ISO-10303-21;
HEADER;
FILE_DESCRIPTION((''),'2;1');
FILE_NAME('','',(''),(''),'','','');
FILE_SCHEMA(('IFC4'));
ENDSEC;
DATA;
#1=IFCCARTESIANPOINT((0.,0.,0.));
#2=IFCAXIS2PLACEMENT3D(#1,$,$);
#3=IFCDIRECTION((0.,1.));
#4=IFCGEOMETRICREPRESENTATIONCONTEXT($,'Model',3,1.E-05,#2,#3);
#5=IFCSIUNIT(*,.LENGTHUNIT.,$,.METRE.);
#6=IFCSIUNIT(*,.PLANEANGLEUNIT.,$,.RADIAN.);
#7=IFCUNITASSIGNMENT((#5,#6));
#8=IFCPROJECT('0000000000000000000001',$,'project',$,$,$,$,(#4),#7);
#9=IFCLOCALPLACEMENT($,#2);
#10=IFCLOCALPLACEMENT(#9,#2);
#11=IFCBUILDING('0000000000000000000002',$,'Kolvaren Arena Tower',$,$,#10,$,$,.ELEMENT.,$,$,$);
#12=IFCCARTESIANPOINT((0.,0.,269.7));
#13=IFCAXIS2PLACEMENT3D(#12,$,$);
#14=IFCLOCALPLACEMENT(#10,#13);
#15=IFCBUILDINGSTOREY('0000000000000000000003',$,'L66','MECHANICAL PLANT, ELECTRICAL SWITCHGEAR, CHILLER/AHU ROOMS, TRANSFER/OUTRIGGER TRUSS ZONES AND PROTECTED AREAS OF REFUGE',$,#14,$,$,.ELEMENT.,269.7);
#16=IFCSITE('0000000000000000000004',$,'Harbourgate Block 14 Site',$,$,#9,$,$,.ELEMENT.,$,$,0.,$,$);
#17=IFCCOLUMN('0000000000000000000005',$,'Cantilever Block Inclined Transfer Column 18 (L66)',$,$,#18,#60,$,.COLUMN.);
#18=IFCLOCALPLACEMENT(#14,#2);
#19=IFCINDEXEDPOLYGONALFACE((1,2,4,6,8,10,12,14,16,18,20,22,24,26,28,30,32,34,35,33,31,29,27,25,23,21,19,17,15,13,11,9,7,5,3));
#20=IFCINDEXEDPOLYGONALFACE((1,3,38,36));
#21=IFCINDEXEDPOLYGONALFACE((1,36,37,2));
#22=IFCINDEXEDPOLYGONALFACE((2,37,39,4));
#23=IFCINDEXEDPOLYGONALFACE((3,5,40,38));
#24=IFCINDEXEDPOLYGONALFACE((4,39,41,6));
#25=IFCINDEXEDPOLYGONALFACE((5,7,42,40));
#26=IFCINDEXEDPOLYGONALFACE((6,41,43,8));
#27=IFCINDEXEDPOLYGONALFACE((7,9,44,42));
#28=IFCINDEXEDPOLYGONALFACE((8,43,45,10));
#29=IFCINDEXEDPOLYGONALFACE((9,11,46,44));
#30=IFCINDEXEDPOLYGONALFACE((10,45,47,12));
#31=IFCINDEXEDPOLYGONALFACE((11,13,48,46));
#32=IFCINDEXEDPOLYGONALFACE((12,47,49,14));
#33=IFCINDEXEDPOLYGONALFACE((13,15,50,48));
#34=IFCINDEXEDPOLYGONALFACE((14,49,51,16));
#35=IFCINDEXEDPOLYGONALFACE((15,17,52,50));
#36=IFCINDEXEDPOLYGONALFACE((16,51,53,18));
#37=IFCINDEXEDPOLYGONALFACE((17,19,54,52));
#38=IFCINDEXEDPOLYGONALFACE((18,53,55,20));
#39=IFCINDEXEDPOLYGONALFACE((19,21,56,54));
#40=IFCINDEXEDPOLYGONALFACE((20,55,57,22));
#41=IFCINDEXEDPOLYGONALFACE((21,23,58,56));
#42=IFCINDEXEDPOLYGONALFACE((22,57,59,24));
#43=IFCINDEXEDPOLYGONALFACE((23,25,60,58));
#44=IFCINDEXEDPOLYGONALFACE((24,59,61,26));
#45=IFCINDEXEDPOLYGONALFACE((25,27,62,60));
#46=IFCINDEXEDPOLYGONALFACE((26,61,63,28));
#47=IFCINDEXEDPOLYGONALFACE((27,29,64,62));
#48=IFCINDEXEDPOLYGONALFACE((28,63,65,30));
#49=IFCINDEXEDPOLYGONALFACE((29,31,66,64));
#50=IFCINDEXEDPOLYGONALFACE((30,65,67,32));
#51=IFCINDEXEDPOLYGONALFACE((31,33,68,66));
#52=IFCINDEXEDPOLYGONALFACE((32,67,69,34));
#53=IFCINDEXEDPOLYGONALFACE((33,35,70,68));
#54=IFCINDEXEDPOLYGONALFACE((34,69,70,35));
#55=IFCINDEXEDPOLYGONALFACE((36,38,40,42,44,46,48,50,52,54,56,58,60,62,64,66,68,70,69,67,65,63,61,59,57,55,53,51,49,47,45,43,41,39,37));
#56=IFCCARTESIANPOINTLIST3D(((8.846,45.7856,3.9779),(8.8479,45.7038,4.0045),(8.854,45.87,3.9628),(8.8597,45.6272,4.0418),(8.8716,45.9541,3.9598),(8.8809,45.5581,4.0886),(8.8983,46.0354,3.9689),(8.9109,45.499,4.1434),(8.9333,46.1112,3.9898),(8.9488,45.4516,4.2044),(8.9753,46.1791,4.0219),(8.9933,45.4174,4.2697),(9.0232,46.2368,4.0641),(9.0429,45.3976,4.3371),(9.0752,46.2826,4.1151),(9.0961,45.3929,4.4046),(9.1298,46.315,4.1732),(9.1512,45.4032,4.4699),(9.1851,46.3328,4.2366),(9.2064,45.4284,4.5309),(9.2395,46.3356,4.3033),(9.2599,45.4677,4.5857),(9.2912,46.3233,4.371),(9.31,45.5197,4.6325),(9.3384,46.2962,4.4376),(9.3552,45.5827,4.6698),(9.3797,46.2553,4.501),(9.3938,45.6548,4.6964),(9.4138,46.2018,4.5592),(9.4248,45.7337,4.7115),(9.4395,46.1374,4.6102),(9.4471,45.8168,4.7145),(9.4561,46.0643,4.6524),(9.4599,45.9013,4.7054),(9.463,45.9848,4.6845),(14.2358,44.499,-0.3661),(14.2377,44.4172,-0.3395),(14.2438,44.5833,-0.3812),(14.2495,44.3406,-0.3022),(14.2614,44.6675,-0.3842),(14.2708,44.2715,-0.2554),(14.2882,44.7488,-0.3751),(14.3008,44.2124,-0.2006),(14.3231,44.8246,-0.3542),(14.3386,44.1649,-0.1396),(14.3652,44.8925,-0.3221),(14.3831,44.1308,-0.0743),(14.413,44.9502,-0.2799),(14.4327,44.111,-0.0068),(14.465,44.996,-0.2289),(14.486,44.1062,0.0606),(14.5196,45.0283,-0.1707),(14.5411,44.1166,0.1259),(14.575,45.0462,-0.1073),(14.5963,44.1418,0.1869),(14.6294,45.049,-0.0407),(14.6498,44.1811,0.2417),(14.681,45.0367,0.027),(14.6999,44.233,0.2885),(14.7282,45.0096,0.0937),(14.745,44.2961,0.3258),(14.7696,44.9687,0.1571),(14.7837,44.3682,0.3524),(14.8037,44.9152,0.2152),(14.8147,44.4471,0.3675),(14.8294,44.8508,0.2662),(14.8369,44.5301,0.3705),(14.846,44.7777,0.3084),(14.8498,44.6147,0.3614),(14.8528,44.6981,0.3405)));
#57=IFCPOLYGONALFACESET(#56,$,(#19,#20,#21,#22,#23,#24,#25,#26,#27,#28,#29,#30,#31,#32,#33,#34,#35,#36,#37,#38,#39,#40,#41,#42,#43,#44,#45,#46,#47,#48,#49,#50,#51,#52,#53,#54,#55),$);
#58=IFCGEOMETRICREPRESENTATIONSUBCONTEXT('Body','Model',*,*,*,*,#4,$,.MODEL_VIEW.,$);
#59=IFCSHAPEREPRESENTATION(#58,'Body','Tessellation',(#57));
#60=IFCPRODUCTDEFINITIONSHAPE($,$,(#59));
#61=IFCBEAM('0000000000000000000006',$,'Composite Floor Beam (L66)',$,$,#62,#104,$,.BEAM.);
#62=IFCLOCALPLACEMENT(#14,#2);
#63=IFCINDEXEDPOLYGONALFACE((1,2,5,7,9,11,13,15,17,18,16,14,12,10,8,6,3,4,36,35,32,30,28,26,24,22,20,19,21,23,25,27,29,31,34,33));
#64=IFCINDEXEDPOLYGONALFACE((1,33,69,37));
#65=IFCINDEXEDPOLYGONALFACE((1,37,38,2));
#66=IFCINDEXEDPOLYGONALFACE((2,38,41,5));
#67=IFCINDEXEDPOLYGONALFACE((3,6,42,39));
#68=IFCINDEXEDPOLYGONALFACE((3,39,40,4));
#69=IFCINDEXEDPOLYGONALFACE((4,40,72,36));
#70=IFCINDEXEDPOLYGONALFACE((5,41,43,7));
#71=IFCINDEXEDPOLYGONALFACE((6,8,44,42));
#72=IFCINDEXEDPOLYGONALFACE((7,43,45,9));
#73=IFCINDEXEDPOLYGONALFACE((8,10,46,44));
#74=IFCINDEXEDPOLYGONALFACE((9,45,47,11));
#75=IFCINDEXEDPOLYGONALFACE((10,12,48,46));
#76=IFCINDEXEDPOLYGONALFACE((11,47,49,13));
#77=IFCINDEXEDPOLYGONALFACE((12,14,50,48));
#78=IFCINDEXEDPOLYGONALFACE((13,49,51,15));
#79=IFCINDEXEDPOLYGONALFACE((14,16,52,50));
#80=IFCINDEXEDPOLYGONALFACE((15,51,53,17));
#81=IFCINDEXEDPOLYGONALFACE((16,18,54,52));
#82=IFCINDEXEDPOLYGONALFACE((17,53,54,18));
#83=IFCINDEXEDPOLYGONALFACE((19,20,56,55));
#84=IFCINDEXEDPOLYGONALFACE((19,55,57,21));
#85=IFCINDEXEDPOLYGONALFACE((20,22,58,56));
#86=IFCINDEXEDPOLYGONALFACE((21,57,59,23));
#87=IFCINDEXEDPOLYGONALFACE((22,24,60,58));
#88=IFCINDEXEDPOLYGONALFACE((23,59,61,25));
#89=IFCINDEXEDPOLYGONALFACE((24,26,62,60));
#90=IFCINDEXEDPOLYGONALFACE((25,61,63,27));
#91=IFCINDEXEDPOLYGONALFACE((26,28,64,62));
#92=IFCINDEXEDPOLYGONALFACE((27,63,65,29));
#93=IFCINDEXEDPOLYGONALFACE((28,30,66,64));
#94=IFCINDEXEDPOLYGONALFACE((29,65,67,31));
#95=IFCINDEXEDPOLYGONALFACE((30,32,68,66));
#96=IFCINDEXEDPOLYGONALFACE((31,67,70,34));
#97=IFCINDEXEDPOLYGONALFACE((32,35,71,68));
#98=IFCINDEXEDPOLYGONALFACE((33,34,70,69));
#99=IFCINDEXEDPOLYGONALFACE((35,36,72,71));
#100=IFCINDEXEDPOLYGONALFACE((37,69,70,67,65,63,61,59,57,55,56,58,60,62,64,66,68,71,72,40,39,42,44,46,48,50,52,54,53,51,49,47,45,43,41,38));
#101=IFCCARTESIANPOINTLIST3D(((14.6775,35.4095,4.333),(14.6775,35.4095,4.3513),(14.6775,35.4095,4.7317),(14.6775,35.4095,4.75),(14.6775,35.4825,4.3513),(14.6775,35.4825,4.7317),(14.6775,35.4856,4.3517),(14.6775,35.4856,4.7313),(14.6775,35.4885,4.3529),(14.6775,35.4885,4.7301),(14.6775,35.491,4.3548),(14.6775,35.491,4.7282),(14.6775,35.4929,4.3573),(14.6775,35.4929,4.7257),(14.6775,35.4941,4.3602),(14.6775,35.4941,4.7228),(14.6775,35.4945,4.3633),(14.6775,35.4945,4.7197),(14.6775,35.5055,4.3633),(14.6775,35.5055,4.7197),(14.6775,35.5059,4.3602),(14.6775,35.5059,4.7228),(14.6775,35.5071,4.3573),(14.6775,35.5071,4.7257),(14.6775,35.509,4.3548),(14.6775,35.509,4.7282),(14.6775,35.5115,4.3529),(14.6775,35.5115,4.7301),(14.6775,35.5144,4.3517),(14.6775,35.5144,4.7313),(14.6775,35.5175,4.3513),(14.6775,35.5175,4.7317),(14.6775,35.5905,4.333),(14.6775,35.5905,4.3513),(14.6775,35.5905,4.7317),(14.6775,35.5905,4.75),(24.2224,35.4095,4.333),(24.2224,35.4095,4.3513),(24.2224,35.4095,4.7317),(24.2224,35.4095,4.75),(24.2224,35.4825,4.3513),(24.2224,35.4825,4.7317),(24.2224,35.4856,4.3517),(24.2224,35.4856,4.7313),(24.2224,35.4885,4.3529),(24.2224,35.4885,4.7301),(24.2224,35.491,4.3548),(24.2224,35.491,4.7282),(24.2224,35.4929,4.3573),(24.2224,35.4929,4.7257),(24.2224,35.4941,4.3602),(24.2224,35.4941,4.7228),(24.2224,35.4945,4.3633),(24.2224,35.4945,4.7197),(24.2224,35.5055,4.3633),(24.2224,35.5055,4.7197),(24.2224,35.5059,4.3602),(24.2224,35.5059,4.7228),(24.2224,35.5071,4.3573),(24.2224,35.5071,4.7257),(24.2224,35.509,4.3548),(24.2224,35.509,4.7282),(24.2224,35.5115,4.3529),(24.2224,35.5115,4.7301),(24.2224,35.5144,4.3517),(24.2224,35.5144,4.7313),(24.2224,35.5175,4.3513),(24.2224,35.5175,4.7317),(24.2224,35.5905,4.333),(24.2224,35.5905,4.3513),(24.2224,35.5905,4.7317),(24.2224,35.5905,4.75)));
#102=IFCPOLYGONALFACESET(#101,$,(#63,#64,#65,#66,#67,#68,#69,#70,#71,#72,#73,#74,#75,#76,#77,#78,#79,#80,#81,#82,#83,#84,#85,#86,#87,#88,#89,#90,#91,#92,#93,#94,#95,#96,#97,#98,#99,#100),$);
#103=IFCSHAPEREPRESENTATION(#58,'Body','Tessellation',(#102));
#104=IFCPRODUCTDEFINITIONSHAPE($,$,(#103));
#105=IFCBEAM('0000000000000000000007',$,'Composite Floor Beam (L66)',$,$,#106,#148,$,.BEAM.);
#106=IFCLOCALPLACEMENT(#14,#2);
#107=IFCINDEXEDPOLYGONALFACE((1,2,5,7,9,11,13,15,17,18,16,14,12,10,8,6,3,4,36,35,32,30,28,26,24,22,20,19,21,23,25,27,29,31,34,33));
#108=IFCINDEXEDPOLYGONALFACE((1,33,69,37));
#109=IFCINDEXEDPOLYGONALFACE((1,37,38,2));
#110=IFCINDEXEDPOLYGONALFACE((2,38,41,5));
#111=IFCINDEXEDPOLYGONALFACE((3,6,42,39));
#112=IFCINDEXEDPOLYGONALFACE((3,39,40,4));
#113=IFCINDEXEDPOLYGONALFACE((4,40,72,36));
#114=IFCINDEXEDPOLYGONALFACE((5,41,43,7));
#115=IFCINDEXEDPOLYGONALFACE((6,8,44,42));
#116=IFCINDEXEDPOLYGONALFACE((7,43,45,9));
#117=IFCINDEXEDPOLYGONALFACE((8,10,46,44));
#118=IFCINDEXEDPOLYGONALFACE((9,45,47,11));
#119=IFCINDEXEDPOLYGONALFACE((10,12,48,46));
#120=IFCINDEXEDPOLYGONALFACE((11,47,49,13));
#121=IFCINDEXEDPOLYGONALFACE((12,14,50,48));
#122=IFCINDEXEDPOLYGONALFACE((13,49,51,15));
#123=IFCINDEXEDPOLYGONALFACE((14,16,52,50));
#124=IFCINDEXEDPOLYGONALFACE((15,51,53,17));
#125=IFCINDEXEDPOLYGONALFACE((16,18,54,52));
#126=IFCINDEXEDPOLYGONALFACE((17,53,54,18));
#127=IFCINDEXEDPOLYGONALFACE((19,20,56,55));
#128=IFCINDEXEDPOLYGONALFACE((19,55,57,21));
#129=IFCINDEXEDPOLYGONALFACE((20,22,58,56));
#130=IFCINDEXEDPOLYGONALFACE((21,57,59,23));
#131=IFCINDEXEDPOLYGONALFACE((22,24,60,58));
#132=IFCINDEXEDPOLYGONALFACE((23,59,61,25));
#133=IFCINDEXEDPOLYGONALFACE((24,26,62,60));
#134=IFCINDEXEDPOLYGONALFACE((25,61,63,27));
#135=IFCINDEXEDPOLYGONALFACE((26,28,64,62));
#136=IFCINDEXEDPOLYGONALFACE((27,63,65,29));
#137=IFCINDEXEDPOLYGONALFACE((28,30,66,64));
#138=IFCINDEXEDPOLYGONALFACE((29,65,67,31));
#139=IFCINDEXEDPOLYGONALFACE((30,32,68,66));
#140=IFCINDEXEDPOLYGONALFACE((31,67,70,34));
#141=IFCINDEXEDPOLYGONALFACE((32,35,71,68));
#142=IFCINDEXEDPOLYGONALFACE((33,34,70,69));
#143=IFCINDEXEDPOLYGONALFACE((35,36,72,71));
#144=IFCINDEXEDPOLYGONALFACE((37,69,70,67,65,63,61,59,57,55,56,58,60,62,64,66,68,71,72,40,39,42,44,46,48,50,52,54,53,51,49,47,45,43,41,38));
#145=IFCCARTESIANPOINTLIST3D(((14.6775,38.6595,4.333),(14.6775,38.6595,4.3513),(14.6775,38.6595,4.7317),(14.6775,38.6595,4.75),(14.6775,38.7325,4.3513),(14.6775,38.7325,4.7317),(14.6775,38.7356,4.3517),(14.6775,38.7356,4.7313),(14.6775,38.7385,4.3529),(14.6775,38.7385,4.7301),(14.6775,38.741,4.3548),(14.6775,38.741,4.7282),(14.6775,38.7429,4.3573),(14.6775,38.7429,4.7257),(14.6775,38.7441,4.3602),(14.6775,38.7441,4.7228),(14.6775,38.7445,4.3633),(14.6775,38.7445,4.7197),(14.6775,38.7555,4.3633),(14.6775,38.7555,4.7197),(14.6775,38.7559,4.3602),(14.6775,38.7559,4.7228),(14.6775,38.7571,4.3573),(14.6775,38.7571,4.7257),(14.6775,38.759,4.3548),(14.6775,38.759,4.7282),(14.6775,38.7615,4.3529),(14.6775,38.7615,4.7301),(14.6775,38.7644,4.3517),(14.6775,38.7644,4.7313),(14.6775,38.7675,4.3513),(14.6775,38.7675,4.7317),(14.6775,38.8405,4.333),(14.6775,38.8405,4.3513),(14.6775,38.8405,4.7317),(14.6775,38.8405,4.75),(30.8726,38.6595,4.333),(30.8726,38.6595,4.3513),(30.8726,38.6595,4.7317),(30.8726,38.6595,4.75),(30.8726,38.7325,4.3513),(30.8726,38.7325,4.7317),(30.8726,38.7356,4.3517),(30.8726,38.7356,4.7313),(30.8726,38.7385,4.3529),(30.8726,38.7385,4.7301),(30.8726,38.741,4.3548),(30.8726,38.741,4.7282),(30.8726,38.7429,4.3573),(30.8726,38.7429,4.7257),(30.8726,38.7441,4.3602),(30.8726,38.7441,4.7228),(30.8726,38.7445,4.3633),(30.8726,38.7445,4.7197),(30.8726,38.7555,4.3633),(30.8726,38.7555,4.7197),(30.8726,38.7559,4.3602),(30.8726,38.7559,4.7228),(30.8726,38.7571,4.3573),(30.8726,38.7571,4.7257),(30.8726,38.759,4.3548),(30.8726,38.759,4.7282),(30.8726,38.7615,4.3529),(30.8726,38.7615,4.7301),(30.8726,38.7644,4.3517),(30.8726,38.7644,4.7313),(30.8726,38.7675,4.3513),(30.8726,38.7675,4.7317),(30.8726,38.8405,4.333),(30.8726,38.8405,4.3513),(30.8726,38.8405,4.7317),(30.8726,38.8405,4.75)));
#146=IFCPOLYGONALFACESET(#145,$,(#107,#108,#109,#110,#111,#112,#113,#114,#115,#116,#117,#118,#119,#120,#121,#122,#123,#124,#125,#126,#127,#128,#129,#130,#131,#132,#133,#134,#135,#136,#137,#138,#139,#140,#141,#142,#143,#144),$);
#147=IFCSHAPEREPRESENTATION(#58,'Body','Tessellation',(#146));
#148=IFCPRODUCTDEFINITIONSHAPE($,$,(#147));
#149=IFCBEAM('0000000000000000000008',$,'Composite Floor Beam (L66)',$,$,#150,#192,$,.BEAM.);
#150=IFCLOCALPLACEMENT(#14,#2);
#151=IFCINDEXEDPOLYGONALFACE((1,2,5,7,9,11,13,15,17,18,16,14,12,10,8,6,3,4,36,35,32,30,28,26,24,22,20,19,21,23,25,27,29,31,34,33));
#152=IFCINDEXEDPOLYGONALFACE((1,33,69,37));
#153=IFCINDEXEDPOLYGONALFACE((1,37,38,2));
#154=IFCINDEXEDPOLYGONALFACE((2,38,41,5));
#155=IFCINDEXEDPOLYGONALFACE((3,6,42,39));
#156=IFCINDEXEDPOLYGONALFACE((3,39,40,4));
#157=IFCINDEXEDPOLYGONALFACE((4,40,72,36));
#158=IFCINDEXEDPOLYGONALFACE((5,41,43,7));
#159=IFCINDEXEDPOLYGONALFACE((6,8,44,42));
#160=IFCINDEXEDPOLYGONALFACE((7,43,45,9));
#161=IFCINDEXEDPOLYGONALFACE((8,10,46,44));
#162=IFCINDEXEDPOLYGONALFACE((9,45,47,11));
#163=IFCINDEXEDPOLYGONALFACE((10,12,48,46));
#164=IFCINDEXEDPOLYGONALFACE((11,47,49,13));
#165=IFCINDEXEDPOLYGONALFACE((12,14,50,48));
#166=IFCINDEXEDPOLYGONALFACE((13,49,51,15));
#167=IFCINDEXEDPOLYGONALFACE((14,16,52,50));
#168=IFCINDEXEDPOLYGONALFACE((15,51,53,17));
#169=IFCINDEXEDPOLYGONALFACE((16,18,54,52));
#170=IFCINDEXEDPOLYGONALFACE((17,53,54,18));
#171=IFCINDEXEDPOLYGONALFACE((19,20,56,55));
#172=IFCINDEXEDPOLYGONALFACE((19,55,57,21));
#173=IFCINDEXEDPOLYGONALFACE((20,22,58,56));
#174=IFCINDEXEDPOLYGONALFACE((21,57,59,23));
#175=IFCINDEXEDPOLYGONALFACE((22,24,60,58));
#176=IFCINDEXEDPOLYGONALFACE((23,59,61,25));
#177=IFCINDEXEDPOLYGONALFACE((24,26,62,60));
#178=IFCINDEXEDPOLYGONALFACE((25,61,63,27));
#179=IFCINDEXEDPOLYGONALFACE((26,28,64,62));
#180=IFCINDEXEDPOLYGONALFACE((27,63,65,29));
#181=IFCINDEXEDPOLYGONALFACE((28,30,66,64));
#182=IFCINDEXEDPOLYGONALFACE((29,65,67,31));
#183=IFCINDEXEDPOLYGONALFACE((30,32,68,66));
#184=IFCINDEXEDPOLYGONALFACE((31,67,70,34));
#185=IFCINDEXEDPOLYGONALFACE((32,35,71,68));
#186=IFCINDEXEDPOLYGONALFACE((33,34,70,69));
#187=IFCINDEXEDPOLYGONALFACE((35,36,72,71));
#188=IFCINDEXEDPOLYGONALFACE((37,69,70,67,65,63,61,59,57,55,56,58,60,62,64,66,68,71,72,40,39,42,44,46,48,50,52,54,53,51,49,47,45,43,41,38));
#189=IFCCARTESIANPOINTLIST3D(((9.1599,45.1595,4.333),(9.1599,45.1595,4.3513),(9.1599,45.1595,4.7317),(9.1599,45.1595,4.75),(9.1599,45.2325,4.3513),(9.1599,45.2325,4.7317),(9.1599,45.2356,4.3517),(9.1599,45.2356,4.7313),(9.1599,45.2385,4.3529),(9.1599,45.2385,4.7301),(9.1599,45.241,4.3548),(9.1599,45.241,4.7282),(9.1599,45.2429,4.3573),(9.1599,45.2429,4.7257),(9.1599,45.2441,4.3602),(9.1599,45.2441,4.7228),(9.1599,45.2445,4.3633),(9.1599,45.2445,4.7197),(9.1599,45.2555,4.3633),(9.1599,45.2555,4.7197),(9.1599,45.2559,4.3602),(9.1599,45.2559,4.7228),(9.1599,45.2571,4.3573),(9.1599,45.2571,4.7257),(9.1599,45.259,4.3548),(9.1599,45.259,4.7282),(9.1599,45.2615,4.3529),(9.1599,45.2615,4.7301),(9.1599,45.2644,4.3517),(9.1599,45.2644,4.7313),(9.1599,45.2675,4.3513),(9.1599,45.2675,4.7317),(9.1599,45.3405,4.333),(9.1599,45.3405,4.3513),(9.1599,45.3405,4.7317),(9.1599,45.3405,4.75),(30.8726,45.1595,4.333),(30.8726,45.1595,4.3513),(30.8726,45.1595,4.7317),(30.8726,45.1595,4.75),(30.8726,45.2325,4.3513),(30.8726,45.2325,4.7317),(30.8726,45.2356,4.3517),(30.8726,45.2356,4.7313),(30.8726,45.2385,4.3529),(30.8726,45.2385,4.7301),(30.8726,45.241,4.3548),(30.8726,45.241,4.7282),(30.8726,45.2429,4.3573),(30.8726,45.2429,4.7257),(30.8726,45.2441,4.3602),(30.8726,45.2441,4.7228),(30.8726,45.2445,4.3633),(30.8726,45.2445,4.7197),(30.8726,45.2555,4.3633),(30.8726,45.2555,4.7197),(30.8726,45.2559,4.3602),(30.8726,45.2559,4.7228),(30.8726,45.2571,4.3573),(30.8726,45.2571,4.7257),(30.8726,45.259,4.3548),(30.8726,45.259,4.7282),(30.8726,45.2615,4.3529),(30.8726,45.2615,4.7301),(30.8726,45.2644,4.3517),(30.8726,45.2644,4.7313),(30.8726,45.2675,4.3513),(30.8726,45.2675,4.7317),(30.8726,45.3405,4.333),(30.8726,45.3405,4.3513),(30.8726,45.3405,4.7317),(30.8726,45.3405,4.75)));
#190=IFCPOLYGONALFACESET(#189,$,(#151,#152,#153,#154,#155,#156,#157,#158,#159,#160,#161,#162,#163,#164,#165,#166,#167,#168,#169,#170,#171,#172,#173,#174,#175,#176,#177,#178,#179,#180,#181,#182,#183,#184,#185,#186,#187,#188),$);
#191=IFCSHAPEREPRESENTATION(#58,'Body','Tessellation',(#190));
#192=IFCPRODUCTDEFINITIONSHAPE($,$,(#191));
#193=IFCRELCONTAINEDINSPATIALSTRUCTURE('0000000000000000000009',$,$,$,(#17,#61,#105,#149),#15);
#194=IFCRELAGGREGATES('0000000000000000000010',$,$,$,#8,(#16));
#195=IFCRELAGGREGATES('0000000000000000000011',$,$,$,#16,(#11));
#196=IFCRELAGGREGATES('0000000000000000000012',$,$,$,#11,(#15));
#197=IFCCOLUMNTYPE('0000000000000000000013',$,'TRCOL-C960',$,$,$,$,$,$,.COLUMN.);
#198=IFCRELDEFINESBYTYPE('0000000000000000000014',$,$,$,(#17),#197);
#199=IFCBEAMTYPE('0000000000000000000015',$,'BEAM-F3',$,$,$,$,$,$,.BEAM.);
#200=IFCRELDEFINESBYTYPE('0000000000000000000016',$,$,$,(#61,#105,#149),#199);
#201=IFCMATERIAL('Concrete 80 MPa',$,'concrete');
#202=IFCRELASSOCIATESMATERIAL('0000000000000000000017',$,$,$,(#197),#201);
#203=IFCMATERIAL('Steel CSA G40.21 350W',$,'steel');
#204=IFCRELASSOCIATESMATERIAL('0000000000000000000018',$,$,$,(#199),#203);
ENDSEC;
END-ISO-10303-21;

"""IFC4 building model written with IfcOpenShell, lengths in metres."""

from ifc_helpers import new_model, si_unit, direction, frame, origin, origin_2d, place, context, subcontext, project, spatial, circle, i_section, extrude, material, material_profile, profile_set, type_object, element, save


model = new_model("IFC4")

# Units and contexts
model_context = context("Model", 3, precision=1e-05, world=origin(), true_north=direction((0.0, 1.0)))
body_context = subcontext(model_context, "Body", "Model", "MODEL_VIEW")
ifc_project = project(units=[si_unit("LENGTHUNIT", "METRE"), si_unit("PLANEANGLEUNIT", "RADIAN")], contexts=[model_context])

# Site, building, storey
site_placement = place(None, origin())
site = spatial("IfcSite", under=ifc_project, at=site_placement, Name="Harbourgate Block 14 Site", CompositionType="ELEMENT", RefElevation=0.0)
building_placement = place(site_placement, origin())
building = spatial("IfcBuilding", under=site, at=building_placement, Name="Kolvaren Arena Tower", CompositionType="ELEMENT")
storey_placement = place(building_placement, frame((0.0, 0.0, 269.7)))
storey = spatial("IfcBuildingStorey", under=building, at=storey_placement, Name="L66", Description="MECHANICAL PLANT, ELECTRICAL SWITCHGEAR, CHILLER/AHU ROOMS, TRANSFER/OUTRIGGER TRUSS ZONES AND PROTECTED AREAS OF REFUGE", CompositionType="ELEMENT", Elevation=269.7)

# Column
ifc_material_1 = material(Name="Concrete 80 MPa", Category="concrete")
ifc_material_profile_1 = material_profile(ifc_material_1, circle(Radius=0.48, at=origin_2d()), Name="RC-CIRC-960")
ifc_profile_set_1 = profile_set([ifc_material_profile_1], Name="Concrete 80 MPa")
column_type = type_object("IfcColumnType", Name="TRCOL-C960", PredefinedType="COLUMN", material=ifc_profile_set_1)
column_placement = place(storey_placement, frame((14.5442, 44.5779, -0.0068), z_axis=(-0.765494, 0.182731, 0.616951), x_axis=(-0.232186, -0.972671, 0.0)))
element("IfcColumn", 1, at=column_placement, inside=storey, type_object=column_type, Name="Cantilever Block Inclined Transfer Column 18 (L66)", PredefinedType="COLUMN", context=body_context, shape_type="SweptSolid", body=[
    extrude(circle(Radius=0.48, at=origin_2d()), origin(), (0.0, 0.0, 1.0), 7.041),
])

# Beams
ifc_material_2 = material(Name="Steel CSA G40.21 350W", Category="steel")
ifc_material_profile_2 = material_profile(ifc_material_2, i_section(OverallWidth=0.1809, OverallDepth=0.417, WebThickness=0.011, FlangeThickness=0.0183, FilletRadius=0.012, at=origin_2d()), Name="W410x85")
ifc_profile_set_2 = profile_set([ifc_material_profile_2], Name="Steel CSA G40.21 350W")
beam_type_1 = type_object("IfcBeamType", Name="BEAM-F3", PredefinedType="BEAM", material=ifc_profile_set_2)
beam_1_placement = place(storey_placement, frame((14.6775, 35.5, 4.5415), z_axis=(1.0, 0.0, 0.0), x_axis=(0.0, 1.0, 0.0)))
element("IfcBeam", 2, at=beam_1_placement, inside=storey, type_object=beam_type_1, Name="Composite Floor Beam (L66)", PredefinedType="BEAM", context=body_context, shape_type="SweptSolid", body=[
    extrude(i_section(OverallWidth=0.1809, OverallDepth=0.417, WebThickness=0.011, FlangeThickness=0.0183, FilletRadius=0.012, at=origin_2d()), origin(), (0.0, 0.0, 1.0), 9.5449),
])
beam_2_placement = place(storey_placement, frame((14.6775, 38.75, 4.5415), z_axis=(1.0, 0.0, 0.0), x_axis=(0.0, 1.0, 0.0)))
element("IfcBeam", 3, at=beam_2_placement, inside=storey, type_object=beam_type_1, Name="Composite Floor Beam (L66)", PredefinedType="BEAM", context=body_context, shape_type="SweptSolid", body=[
    extrude(i_section(OverallWidth=0.1809, OverallDepth=0.417, WebThickness=0.011, FlangeThickness=0.0183, FilletRadius=0.012, at=origin_2d()), origin(), (0.0, 0.0, 1.0), 16.1951),
])
beam_3_placement = place(storey_placement, frame((9.1599, 45.25, 4.5415), z_axis=(1.0, 0.0, 0.0), x_axis=(0.0, 1.0, 0.0)))
element("IfcBeam", 4, at=beam_3_placement, inside=storey, type_object=beam_type_1, Name="Composite Floor Beam (L66)", PredefinedType="BEAM", context=body_context, shape_type="SweptSolid", body=[
    extrude(i_section(OverallWidth=0.1809, OverallDepth=0.417, WebThickness=0.011, FlangeThickness=0.0183, FilletRadius=0.012, at=origin_2d()), origin(), (0.0, 0.0, 1.0), 21.7126),
])

save(model, "model.ifc")
